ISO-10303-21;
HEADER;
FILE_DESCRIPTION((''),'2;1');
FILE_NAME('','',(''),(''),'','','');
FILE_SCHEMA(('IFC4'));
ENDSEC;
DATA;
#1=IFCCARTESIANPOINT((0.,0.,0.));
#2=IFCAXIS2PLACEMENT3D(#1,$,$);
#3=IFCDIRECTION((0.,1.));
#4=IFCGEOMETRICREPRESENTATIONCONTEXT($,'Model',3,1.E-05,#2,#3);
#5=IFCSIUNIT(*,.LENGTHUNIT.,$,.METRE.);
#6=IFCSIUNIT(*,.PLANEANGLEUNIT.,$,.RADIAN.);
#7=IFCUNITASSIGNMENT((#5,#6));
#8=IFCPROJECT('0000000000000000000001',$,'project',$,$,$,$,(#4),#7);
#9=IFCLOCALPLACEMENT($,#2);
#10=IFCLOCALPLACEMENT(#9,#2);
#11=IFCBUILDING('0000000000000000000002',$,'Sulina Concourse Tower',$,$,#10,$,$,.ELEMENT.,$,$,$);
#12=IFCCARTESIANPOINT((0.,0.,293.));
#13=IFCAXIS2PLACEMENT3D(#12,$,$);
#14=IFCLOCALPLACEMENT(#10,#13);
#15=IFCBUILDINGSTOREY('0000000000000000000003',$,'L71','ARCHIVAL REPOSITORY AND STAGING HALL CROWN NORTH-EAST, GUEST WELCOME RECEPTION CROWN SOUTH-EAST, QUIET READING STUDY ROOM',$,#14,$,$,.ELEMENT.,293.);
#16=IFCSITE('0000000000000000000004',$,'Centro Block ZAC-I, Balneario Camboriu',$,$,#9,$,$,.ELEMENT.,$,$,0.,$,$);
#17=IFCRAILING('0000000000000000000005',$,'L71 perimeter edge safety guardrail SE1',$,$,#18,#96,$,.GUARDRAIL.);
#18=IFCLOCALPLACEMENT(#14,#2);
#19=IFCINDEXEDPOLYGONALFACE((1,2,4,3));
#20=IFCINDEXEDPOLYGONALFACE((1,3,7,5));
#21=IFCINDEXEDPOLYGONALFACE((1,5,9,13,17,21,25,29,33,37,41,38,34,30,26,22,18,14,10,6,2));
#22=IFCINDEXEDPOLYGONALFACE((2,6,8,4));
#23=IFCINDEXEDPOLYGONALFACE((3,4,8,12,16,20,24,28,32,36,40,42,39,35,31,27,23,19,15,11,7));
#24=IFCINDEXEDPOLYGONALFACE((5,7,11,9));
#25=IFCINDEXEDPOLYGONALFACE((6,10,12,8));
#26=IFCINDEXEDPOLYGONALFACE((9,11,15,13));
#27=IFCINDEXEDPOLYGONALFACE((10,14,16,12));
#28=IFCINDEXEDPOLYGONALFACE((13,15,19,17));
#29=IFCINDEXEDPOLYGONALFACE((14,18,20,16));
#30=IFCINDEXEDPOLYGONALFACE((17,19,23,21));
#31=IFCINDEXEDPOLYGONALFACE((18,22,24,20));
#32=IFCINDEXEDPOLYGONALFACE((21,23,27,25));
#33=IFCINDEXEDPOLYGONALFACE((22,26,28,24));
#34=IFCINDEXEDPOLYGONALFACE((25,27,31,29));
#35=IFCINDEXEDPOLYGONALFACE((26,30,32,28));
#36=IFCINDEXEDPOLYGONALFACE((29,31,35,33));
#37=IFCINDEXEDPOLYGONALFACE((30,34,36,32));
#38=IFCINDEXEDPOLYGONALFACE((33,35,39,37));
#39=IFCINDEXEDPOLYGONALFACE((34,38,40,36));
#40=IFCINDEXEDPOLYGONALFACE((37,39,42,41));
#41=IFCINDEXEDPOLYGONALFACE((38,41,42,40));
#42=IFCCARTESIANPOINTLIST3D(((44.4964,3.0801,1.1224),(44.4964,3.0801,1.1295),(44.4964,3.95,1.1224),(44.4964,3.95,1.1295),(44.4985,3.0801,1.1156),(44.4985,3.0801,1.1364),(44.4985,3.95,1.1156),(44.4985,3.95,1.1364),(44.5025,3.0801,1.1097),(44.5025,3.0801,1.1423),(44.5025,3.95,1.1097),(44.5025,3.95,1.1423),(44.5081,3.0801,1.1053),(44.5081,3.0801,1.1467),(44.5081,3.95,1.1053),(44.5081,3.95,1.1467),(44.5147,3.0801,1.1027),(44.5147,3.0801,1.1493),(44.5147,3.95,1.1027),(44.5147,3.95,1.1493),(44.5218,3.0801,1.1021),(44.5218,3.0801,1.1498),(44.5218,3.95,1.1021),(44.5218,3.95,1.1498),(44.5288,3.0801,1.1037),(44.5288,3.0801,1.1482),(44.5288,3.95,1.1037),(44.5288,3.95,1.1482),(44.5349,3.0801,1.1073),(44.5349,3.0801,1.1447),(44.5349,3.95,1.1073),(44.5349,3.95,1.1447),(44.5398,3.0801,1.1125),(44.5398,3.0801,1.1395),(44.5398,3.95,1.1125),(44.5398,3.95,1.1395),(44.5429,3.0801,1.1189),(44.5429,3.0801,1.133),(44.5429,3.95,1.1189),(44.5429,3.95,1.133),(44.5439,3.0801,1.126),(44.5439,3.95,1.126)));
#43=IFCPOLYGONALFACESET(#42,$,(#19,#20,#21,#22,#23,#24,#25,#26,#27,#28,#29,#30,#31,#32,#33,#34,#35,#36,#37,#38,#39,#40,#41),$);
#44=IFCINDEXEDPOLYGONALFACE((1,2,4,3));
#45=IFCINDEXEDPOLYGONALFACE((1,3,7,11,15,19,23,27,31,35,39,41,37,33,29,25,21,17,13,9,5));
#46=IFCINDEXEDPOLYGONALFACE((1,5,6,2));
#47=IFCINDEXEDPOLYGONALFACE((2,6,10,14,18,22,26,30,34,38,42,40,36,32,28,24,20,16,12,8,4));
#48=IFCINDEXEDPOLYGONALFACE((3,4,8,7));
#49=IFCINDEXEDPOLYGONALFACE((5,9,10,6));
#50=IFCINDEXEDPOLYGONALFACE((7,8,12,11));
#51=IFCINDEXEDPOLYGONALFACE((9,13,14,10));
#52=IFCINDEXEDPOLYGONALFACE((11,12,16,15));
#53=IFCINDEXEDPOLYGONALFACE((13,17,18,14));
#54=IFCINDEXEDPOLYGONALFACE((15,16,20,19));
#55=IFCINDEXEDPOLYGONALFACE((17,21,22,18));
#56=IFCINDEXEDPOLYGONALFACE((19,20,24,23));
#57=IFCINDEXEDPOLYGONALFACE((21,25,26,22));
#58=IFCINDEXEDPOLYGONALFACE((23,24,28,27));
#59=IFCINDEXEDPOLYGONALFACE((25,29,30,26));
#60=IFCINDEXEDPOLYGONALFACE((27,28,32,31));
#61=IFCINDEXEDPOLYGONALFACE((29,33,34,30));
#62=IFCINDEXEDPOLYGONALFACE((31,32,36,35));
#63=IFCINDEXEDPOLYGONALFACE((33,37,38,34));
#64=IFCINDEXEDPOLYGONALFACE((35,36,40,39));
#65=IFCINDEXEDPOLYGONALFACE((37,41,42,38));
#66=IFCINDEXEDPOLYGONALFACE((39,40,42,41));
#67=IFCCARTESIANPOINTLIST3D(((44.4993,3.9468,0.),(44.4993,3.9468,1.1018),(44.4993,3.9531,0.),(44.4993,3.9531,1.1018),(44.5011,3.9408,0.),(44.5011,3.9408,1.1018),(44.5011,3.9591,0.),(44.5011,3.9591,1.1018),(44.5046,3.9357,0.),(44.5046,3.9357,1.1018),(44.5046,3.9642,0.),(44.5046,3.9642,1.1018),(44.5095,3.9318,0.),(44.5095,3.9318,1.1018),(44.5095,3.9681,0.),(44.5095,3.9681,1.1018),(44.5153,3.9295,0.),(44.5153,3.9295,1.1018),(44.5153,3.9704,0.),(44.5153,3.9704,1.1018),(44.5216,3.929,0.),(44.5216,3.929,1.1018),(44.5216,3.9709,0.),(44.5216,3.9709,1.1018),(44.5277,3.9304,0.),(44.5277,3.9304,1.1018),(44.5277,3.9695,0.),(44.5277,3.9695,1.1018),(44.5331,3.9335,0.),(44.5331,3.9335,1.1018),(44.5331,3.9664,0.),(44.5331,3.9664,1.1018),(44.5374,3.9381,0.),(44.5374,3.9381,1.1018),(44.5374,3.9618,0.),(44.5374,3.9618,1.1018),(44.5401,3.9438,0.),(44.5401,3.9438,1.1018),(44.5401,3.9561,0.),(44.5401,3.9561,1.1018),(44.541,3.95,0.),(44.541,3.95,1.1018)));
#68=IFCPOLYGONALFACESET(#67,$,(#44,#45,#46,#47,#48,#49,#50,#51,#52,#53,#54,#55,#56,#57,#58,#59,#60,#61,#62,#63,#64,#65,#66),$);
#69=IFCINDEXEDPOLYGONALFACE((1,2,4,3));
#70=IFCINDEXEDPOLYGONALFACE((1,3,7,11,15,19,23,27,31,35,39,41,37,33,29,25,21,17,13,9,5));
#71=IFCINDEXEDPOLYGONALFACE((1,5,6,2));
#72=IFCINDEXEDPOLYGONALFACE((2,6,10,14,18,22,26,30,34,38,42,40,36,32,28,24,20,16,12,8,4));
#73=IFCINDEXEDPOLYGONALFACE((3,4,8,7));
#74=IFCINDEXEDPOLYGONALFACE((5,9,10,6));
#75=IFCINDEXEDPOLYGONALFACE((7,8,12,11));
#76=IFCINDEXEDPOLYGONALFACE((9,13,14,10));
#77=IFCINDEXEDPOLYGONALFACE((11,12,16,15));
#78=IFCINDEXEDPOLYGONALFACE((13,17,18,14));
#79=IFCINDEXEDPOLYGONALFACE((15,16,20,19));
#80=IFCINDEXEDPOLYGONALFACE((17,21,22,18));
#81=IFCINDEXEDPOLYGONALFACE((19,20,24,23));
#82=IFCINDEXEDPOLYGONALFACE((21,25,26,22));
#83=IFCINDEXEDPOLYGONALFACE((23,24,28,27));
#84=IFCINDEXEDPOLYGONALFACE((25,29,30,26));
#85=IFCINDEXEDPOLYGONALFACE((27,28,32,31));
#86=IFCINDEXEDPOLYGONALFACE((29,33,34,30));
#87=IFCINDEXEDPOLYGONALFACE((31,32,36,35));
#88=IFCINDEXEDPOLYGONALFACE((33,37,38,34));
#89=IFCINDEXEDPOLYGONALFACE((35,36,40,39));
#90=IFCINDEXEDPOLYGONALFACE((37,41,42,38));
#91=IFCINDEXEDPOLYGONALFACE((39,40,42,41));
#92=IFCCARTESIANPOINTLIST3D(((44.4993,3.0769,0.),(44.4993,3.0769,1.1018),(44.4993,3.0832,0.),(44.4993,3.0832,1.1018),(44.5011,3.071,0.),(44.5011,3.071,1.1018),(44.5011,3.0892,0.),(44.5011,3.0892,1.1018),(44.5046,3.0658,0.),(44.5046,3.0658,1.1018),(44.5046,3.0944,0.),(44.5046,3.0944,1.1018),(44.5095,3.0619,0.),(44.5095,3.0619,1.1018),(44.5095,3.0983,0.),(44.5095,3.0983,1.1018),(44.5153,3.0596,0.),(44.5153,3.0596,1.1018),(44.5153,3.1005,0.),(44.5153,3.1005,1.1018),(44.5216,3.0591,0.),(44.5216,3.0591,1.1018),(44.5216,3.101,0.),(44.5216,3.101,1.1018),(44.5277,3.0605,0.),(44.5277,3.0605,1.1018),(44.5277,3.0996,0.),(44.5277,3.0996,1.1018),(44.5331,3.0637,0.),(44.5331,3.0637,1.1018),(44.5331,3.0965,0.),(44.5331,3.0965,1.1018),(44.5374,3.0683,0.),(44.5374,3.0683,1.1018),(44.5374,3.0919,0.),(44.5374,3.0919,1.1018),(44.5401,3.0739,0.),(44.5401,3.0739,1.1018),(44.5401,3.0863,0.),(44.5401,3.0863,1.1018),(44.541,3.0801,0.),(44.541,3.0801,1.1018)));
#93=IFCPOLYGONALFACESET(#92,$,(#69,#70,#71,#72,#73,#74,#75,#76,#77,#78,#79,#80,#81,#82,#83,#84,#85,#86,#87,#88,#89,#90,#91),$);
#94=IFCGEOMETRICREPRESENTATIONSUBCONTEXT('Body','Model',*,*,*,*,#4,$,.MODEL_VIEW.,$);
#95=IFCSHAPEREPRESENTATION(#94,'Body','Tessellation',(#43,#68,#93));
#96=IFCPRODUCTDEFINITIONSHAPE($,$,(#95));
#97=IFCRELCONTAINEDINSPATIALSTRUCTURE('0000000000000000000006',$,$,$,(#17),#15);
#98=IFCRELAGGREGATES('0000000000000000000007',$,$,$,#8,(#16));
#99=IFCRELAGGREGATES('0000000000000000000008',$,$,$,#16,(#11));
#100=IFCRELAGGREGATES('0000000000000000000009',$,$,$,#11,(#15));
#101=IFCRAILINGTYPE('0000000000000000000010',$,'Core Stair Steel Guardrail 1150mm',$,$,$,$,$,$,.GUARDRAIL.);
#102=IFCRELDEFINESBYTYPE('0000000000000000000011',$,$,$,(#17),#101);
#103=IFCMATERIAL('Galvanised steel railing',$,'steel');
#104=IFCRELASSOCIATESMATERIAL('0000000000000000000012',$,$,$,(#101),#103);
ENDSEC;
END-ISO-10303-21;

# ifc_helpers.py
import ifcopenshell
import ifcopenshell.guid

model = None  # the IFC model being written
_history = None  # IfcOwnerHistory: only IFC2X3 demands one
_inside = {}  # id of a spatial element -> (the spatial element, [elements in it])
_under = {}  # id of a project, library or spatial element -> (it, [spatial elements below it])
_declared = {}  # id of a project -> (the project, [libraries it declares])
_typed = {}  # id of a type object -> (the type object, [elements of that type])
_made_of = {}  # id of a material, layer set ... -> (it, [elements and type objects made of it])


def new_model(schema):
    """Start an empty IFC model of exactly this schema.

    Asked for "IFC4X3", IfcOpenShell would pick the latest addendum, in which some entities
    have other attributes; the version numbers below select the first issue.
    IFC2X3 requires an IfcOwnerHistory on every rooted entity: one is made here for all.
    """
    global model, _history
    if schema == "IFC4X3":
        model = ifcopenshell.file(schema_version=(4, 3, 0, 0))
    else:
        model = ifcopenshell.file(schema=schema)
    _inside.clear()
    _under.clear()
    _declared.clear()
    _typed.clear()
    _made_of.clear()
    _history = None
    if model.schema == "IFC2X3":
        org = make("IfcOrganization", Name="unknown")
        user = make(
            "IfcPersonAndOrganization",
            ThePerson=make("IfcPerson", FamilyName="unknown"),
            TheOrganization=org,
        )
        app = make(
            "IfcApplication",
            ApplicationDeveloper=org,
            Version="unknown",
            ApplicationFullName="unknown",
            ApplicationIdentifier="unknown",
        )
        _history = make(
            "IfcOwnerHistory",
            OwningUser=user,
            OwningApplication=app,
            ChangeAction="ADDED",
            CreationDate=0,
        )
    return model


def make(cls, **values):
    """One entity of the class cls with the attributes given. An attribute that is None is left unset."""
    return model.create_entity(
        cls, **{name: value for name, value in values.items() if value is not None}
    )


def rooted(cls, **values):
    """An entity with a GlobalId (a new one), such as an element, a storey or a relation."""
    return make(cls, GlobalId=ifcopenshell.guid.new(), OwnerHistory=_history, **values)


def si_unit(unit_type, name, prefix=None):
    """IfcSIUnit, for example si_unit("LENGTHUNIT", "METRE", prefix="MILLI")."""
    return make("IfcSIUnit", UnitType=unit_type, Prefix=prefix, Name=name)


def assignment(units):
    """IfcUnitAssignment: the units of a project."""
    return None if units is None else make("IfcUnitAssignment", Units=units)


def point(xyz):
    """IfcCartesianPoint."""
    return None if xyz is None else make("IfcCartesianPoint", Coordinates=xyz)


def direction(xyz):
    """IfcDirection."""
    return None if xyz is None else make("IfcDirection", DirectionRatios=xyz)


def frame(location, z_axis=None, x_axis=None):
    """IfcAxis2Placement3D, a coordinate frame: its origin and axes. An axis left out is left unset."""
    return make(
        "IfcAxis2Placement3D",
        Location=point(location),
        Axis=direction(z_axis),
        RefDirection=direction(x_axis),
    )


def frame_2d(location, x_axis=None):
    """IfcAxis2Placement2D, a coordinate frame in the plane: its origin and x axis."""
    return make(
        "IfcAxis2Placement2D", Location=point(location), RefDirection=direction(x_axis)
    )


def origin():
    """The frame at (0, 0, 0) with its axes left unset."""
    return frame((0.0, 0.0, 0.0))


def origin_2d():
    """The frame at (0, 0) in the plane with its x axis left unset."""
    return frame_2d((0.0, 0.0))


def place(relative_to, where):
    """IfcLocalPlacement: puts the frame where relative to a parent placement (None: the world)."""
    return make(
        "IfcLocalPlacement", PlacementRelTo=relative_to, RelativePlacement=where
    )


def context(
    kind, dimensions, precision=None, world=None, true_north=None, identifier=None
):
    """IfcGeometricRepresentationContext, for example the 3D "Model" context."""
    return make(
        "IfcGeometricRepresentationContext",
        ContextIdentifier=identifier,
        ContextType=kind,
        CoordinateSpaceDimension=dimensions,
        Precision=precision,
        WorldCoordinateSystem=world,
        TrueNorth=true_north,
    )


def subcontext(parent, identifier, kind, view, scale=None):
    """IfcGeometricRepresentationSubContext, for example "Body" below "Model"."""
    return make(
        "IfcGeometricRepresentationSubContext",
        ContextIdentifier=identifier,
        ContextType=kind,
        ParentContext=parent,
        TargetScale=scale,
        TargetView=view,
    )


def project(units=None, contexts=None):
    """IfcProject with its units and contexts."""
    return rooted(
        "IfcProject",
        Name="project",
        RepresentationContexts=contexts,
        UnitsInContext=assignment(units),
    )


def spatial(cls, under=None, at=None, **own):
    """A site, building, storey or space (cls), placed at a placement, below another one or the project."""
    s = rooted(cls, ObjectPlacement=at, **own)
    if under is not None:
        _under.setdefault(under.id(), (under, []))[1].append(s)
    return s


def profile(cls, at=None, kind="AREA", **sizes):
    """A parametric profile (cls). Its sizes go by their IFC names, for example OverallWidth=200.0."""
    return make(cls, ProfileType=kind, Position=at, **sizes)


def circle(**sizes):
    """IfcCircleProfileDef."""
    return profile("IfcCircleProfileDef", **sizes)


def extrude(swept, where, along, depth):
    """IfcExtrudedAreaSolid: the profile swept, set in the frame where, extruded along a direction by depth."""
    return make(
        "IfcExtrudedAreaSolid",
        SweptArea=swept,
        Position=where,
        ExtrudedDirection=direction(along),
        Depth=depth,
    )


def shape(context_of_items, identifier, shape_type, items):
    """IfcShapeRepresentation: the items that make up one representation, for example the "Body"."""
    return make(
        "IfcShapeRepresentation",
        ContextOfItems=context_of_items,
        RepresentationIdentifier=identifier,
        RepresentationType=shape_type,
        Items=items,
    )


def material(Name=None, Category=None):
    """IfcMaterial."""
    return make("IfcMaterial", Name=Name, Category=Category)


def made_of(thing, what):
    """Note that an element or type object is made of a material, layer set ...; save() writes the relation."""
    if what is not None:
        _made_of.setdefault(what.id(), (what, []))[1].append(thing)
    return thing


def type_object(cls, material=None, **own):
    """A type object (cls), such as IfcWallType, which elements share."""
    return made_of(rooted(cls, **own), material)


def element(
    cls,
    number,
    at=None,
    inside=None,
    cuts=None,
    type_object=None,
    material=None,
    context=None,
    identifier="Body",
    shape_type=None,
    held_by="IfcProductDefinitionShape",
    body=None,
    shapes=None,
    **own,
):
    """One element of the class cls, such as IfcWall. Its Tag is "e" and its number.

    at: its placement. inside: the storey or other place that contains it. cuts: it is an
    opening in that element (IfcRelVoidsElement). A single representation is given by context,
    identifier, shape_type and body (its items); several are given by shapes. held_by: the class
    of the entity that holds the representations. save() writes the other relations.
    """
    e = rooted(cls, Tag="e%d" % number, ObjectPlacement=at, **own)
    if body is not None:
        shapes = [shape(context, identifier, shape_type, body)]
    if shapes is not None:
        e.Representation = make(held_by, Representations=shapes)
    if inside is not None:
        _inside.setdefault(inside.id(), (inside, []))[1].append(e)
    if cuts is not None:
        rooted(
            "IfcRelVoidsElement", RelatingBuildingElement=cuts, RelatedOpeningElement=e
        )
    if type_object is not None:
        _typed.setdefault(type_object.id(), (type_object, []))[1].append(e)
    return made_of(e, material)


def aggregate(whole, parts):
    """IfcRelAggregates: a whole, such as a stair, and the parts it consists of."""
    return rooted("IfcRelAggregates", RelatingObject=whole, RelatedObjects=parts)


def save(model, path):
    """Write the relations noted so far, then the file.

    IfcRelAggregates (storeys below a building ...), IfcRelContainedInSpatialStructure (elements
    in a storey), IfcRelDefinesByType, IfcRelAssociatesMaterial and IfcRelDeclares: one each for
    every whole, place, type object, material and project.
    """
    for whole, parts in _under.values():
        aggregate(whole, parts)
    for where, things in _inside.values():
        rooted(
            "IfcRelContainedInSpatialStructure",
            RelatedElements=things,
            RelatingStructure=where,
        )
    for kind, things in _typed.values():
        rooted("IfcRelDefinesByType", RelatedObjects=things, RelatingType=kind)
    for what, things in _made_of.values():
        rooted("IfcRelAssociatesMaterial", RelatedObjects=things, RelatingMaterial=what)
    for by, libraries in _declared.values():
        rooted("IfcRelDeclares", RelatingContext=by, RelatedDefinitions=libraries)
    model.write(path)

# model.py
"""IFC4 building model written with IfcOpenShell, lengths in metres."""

from ifc_helpers import new_model, si_unit, direction, frame, origin, origin_2d, place, context, subcontext, project, spatial, circle, extrude, material, type_object, element, save


model = new_model("IFC4")

# Units and contexts
model_context = context("Model", 3, precision=1e-05, world=origin(), true_north=direction((0.0, 1.0)))
body_context = subcontext(model_context, "Body", "Model", "MODEL_VIEW")
ifc_project = project(units=[si_unit("LENGTHUNIT", "METRE"), si_unit("PLANEANGLEUNIT", "RADIAN")], contexts=[model_context])

# Site, building, storey
site_placement = place(None, origin())
site = spatial("IfcSite", under=ifc_project, at=site_placement, Name="Centro Block ZAC-I, Balneario Camboriu", CompositionType="ELEMENT", RefElevation=0.0)
building_placement = place(site_placement, origin())
building = spatial("IfcBuilding", under=site, at=building_placement, Name="Sulina Concourse Tower", CompositionType="ELEMENT")
storey_placement = place(building_placement, frame((0.0, 0.0, 293.0)))
storey = spatial("IfcBuildingStorey", under=building, at=storey_placement, Name="L71", Description="ARCHIVAL REPOSITORY AND STAGING HALL CROWN NORTH-EAST, GUEST WELCOME RECEPTION CROWN SOUTH-EAST, QUIET READING STUDY ROOM", CompositionType="ELEMENT", Elevation=293.0)

# Railing
ifc_material_1 = material(Name="Galvanised steel railing", Category="steel")
railing_type = type_object("IfcRailingType", Name="Core Stair Steel Guardrail 1150mm", PredefinedType="GUARDRAIL", material=ifc_material_1)
railing_1_placement = place(storey_placement, frame((44.52, 3.95, 0.0)))
element("IfcRailing", 1, at=railing_1_placement, inside=storey, type_object=railing_type, Name="L71 perimeter edge safety guardrail SE1", PredefinedType="GUARDRAIL", context=body_context, shape_type="SweptSolid", body=[
    extrude(circle(Radius=0.0239, at=origin_2d()), frame((0.0, 0.0, 1.126), z_axis=(0.0, -1.0, 0.0), x_axis=(1.0, 0.0, 0.0)), (0.0, 0.0, 1.0), 0.8699),
    extrude(circle(Radius=0.021, at=origin_2d()), origin(), (0.0, 0.0, 1.0), 1.1018),
    extrude(circle(Radius=0.021, at=origin_2d()), frame((0.0, -0.8699, 0.0)), (0.0, 0.0, 1.0), 1.1018),
])

save(model, "model.ifc")
